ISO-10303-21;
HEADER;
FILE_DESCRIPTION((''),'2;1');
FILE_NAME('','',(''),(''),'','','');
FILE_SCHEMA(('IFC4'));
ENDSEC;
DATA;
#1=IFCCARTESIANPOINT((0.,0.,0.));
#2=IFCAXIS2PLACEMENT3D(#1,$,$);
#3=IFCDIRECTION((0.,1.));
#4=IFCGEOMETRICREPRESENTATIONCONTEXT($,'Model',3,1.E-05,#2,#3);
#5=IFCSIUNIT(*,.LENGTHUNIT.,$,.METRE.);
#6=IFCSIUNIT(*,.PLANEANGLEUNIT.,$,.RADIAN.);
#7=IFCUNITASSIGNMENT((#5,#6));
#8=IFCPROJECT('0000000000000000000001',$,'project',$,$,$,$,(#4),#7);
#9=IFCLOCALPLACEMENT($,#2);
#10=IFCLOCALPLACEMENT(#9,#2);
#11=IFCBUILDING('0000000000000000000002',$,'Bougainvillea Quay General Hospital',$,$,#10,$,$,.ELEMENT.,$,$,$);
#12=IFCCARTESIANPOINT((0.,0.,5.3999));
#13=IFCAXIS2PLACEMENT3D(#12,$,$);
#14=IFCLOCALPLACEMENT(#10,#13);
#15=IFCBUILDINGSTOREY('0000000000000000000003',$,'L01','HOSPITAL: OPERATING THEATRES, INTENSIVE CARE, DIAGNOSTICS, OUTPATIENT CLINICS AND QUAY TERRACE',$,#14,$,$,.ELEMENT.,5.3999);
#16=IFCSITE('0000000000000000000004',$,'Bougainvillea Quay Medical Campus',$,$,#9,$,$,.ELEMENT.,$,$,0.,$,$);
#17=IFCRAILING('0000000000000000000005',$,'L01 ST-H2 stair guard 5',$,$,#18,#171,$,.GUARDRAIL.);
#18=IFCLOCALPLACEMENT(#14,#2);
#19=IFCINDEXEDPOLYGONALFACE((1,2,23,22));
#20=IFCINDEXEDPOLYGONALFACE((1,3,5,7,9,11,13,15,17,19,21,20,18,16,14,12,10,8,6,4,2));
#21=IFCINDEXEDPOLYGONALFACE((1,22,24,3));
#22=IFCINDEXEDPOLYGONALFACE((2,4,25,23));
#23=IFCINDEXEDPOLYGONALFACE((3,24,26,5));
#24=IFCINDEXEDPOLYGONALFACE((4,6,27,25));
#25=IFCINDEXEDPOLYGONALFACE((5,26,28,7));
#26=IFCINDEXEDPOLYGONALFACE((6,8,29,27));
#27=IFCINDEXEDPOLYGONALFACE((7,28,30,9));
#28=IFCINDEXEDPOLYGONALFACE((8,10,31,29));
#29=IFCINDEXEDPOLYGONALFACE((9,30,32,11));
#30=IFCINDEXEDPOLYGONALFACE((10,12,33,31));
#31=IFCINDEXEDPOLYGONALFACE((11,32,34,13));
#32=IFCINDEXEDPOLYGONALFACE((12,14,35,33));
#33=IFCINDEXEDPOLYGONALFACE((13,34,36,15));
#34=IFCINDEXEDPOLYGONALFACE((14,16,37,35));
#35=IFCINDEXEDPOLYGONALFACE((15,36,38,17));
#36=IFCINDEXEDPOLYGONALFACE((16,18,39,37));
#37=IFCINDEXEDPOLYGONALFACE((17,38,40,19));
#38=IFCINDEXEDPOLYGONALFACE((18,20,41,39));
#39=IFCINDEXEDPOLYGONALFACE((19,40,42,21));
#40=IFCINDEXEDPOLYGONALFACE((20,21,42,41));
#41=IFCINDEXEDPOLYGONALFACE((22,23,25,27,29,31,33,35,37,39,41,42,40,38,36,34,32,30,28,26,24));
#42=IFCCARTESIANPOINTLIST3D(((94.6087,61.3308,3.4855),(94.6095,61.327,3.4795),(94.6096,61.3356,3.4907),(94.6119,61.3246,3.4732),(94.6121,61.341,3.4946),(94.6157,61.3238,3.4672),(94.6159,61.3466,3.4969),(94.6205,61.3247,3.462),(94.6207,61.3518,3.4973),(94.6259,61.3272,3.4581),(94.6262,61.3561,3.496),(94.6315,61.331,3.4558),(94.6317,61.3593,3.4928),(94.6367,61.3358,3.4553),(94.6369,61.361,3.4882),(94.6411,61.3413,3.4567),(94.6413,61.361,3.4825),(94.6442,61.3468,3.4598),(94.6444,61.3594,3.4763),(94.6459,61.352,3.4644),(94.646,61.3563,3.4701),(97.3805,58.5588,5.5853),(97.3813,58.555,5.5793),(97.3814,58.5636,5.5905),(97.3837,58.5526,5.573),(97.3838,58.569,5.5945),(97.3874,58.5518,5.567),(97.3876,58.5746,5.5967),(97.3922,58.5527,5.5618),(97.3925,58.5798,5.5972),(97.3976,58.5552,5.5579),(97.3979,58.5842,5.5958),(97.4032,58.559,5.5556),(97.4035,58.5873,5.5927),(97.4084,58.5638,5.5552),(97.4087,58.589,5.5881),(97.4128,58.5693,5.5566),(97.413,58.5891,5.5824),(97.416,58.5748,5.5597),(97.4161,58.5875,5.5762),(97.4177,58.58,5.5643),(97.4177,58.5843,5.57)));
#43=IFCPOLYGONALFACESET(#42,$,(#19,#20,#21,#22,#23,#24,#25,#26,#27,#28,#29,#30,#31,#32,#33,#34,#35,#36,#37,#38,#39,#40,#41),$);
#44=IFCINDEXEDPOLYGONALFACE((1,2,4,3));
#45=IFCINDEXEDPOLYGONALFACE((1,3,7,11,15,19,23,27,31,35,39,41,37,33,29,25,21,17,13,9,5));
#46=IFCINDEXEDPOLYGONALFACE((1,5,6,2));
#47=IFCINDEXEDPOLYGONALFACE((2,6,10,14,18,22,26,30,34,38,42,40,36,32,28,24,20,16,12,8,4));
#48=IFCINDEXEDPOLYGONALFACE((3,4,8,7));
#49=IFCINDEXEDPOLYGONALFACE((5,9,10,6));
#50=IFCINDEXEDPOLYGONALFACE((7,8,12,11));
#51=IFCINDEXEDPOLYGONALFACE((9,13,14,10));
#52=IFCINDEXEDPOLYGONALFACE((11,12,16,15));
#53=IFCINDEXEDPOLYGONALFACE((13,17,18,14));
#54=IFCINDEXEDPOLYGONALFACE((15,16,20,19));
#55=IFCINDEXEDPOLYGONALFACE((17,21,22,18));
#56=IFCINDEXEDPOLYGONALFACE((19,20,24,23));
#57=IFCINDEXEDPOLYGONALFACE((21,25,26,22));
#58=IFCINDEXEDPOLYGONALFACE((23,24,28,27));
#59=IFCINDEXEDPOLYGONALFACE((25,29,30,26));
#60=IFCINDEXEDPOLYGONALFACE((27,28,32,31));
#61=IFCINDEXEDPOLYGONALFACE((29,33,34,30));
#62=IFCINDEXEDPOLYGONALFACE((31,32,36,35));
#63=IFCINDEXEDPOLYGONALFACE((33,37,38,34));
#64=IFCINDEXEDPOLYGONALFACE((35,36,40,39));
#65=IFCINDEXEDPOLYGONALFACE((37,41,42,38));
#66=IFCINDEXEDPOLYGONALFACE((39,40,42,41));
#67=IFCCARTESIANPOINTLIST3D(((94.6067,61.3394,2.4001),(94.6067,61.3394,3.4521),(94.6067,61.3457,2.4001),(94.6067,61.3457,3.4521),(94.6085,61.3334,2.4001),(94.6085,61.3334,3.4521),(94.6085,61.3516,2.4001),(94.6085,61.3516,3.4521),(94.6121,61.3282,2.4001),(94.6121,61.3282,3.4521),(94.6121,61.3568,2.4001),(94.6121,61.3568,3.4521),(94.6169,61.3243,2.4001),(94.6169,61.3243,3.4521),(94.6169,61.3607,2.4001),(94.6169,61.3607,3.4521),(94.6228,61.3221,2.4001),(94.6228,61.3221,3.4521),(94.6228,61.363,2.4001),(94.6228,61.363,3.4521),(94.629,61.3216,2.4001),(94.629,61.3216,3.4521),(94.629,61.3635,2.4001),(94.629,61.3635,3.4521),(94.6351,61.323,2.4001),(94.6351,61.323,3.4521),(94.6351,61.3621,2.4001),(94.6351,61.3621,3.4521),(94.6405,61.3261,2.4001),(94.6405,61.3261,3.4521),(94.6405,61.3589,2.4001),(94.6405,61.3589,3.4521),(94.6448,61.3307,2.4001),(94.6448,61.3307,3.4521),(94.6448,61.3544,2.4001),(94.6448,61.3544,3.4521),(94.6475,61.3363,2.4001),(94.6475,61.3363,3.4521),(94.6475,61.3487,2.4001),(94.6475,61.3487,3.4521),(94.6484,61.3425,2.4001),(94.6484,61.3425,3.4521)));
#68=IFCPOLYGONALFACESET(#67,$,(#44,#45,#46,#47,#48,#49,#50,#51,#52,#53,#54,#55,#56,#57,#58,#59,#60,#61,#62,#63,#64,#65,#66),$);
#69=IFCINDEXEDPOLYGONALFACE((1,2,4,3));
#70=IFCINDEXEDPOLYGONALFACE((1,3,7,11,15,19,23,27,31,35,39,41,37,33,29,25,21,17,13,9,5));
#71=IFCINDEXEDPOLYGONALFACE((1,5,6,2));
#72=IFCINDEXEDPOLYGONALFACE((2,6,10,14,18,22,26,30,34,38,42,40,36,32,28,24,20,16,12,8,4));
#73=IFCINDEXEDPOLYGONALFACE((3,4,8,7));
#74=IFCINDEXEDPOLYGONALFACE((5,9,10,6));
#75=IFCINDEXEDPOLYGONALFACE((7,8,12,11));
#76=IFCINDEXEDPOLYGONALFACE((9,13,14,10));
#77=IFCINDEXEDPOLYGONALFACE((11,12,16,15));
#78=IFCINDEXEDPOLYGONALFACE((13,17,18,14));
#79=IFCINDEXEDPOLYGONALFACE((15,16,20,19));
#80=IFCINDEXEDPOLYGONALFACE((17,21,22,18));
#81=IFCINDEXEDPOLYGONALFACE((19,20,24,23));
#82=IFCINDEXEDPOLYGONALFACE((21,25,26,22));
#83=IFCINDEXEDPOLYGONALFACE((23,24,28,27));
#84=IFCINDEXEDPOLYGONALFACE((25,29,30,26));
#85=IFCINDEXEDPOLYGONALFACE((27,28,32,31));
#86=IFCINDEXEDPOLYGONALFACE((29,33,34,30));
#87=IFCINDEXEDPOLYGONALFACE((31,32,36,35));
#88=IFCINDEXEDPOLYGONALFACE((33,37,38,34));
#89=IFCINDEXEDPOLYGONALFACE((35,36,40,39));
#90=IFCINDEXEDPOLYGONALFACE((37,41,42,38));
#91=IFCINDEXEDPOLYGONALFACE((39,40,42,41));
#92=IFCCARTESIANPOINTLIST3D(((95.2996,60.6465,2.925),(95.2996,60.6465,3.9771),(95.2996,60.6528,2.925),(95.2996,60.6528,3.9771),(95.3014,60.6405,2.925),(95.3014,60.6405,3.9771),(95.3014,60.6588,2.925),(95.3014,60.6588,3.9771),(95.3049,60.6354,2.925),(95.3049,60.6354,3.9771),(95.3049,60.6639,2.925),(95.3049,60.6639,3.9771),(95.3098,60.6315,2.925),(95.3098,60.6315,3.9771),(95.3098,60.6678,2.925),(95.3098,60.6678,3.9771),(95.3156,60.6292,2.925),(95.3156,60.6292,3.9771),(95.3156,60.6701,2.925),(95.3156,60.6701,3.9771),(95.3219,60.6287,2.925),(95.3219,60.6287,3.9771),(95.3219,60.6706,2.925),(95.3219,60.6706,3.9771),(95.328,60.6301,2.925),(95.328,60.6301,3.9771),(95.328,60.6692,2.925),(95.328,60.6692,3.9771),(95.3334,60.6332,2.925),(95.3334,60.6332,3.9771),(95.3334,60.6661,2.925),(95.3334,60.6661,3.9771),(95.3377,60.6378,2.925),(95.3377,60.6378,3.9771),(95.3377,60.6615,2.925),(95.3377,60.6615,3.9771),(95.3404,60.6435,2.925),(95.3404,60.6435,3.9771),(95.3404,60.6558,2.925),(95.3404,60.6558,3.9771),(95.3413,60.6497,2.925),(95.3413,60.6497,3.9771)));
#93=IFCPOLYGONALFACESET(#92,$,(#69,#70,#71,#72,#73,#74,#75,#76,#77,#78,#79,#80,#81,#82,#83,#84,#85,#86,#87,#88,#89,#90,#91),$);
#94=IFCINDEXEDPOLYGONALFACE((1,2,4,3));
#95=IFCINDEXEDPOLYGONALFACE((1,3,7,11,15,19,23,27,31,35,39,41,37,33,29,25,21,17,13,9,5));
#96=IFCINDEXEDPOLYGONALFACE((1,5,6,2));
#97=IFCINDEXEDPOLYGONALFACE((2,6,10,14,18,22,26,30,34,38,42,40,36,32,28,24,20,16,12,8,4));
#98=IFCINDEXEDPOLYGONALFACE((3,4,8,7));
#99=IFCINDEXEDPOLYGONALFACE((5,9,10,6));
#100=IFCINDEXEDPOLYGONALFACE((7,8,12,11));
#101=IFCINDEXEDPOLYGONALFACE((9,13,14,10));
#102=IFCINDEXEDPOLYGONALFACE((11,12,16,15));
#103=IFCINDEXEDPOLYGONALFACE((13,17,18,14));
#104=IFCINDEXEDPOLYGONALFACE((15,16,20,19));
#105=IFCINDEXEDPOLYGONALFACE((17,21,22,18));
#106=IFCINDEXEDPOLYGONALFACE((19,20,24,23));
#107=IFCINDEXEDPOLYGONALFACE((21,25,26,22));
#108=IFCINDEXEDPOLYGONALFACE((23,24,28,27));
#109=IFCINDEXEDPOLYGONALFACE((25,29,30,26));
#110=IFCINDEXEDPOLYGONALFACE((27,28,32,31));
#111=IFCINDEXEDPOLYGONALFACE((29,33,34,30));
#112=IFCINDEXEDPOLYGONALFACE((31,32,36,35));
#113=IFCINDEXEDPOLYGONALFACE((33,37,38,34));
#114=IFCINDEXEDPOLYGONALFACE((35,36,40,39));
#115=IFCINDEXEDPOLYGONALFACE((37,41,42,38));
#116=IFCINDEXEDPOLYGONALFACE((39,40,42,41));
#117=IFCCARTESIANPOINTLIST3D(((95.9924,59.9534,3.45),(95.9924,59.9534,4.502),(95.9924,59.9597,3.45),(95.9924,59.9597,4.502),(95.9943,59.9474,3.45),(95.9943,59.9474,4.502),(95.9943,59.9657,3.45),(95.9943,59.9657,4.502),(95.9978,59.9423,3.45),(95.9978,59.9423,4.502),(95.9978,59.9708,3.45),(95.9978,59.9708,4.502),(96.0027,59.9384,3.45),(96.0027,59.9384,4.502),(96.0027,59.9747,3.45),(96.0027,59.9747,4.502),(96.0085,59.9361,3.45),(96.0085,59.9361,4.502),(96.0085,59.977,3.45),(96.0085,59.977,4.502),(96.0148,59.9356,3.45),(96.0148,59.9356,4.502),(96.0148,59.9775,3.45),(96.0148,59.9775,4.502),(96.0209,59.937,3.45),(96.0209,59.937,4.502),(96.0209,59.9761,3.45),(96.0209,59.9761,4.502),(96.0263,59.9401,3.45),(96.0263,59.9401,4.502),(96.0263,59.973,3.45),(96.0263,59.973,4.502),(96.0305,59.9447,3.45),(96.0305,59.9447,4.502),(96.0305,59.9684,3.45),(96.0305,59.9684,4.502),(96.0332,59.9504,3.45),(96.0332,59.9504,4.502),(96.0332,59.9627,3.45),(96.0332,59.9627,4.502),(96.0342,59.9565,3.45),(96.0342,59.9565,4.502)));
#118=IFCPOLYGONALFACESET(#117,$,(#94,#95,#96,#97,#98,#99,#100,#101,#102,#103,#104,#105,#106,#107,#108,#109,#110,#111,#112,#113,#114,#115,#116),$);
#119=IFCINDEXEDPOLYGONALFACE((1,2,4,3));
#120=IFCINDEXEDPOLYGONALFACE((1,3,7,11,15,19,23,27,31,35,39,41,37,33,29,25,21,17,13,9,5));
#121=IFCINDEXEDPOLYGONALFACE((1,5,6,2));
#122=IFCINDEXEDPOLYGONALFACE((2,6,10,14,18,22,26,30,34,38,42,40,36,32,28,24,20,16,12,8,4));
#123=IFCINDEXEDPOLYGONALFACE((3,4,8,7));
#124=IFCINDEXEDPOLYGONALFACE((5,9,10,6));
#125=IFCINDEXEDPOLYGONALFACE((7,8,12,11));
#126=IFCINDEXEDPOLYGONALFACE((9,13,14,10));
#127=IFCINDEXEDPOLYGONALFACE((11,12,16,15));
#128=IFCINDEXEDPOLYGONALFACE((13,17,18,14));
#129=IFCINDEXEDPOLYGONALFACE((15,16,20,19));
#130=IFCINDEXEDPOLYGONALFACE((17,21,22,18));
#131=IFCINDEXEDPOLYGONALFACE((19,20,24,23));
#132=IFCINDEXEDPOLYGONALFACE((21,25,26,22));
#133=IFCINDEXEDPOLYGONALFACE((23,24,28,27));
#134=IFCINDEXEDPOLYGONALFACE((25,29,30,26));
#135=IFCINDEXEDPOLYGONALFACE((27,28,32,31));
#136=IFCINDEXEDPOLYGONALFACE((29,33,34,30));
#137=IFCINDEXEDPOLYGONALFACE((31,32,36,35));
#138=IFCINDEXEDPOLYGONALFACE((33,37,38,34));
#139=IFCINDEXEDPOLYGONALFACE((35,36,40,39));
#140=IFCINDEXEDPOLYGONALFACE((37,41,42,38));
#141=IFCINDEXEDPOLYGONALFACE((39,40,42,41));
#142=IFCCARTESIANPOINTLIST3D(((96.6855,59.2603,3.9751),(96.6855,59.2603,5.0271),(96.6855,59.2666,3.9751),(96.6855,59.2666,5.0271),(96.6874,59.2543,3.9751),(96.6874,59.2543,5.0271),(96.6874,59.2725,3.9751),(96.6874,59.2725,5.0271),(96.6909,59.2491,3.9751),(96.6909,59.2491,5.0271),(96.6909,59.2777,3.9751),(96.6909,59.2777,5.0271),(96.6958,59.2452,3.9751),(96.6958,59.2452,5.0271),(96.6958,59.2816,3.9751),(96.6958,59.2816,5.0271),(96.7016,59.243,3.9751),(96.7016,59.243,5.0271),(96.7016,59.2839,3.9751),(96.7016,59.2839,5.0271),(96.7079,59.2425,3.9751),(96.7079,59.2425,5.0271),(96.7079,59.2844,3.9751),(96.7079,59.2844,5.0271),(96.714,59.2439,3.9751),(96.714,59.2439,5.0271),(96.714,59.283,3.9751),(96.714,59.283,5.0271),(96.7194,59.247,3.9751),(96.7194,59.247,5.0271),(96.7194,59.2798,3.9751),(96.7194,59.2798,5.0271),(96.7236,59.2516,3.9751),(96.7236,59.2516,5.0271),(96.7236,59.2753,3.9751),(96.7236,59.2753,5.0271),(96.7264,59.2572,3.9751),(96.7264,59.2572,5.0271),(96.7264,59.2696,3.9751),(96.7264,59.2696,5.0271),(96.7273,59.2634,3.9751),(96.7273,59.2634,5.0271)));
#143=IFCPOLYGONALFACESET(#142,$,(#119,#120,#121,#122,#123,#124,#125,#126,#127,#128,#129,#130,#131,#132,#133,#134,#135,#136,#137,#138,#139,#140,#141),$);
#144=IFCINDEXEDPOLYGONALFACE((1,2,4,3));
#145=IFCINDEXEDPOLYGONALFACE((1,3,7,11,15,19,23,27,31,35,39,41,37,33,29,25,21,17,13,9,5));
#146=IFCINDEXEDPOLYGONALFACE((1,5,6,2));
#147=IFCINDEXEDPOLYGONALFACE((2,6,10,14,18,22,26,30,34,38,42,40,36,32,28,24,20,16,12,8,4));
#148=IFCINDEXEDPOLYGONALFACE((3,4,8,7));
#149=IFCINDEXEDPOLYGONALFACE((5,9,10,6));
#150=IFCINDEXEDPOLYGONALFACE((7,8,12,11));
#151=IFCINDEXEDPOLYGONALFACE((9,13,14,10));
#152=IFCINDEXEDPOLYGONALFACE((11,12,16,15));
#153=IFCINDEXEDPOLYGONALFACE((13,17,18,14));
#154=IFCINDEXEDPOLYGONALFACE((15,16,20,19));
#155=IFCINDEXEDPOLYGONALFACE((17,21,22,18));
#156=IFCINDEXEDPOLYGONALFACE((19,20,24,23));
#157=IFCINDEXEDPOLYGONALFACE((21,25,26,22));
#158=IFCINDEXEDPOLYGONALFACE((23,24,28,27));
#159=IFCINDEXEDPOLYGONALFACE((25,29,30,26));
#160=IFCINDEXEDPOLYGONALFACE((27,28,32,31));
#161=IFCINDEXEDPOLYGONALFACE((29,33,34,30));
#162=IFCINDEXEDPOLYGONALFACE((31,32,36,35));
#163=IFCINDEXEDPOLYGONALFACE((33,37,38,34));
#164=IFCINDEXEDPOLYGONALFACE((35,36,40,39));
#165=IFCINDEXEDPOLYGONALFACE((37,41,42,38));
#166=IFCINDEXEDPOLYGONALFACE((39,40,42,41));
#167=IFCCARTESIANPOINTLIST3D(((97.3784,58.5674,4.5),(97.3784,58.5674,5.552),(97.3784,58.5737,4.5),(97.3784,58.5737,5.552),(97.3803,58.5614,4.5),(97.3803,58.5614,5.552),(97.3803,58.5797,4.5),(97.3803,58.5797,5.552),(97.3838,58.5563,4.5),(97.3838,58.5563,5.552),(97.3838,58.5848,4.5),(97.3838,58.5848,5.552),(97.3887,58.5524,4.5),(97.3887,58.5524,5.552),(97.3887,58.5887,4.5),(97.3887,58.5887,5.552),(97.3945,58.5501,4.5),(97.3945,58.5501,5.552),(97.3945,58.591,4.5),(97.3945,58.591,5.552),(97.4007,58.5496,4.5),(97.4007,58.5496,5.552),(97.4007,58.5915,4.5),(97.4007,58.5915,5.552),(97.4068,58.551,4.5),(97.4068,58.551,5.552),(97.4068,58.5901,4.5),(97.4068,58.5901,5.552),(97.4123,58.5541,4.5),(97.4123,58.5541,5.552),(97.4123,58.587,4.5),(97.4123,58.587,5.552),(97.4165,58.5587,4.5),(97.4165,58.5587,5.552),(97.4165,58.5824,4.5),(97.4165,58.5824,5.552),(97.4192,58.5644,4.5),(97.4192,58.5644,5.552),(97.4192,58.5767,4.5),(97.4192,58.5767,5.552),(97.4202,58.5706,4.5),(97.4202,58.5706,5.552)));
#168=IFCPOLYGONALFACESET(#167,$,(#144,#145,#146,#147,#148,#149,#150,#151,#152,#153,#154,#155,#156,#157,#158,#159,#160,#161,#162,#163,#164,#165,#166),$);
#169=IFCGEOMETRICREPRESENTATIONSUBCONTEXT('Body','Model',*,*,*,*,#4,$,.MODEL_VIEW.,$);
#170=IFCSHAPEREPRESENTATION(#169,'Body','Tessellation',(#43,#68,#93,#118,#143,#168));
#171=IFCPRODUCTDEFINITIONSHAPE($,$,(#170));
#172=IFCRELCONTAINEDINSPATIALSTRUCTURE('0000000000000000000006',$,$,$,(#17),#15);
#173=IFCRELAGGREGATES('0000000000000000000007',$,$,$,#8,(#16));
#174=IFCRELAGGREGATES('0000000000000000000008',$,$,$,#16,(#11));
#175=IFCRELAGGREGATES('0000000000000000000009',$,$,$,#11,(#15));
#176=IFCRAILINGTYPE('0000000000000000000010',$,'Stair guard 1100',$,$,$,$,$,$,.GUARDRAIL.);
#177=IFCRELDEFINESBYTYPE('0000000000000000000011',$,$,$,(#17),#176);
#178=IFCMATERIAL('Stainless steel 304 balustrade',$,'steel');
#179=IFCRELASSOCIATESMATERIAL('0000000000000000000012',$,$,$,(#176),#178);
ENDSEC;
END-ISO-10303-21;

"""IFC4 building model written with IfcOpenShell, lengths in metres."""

from ifc_helpers import new_model, si_unit, direction, frame, origin, origin_2d, place, context, subcontext, project, spatial, circle, extrude, material, type_object, element, save


model = new_model("IFC4")

# Units and contexts
model_context = context("Model", 3, precision=1e-05, world=origin(), true_north=direction((0.0, 1.0)))
body_context = subcontext(model_context, "Body", "Model", "MODEL_VIEW")
ifc_project = project(units=[si_unit("LENGTHUNIT", "METRE"), si_unit("PLANEANGLEUNIT", "RADIAN")], contexts=[model_context])

# Site, building, storey
site_placement = place(None, origin())
site = spatial("IfcSite", under=ifc_project, at=site_placement, Name="Bougainvillea Quay Medical Campus", CompositionType="ELEMENT", RefElevation=0.0)
building_placement = place(site_placement, origin())
building = spatial("IfcBuilding", under=site, at=building_placement, Name="Bougainvillea Quay General Hospital", CompositionType="ELEMENT")
storey_placement = place(building_placement, frame((0.0, 0.0, 5.3999)))
storey = spatial("IfcBuildingStorey", under=building, at=storey_placement, Name="L01", Description="HOSPITAL: OPERATING THEATRES, INTENSIVE CARE, DIAGNOSTICS, OUTPATIENT CLINICS AND QUAY TERRACE", CompositionType="ELEMENT", Elevation=5.3999)

# Railing
ifc_material_1 = material(Name="Stainless steel 304 balustrade", Category="steel")
railing_type_1 = type_object("IfcRailingType", Name="Stair guard 1100", PredefinedType="GUARDRAIL", material=ifc_material_1)
railing_1_placement = place(storey_placement, frame((94.6274, 61.3425, 2.4001)))
element("IfcRailing", 1, at=railing_1_placement, inside=storey, type_object=railing_type_1, Name="L01 ST-H2 stair guard 5", PredefinedType="GUARDRAIL", context=body_context, shape_type="SweptSolid", body=[
    extrude(circle(Radius=0.0239, at=origin_2d()), frame((0.0, 0.0, 1.0762), z_axis=(0.623282, -0.623337, 0.472197), x_axis=(0.707138, 0.707076, 0.0)), (0.0, 0.0, 1.0), 4.447),
    extrude(circle(Radius=0.021, at=origin_2d()), origin(), (0.0, 0.0, 1.0), 1.052),
    extrude(circle(Radius=0.021, at=origin_2d()), frame((0.6929, -0.6929, 0.5249)), (0.0, 0.0, 1.0), 1.052),
    extrude(circle(Radius=0.021, at=origin_2d()), frame((1.3857, -1.386, 1.0498)), (0.0, 0.0, 1.0), 1.052),
    extrude(circle(Radius=0.021, at=origin_2d()), frame((2.0789, -2.0791, 1.575)), (0.0, 0.0, 1.0), 1.052),
    extrude(circle(Radius=0.021, at=origin_2d()), frame((2.7717, -2.772, 2.0999)), (0.0, 0.0, 1.0), 1.052),
])

save(model, "model.ifc")
